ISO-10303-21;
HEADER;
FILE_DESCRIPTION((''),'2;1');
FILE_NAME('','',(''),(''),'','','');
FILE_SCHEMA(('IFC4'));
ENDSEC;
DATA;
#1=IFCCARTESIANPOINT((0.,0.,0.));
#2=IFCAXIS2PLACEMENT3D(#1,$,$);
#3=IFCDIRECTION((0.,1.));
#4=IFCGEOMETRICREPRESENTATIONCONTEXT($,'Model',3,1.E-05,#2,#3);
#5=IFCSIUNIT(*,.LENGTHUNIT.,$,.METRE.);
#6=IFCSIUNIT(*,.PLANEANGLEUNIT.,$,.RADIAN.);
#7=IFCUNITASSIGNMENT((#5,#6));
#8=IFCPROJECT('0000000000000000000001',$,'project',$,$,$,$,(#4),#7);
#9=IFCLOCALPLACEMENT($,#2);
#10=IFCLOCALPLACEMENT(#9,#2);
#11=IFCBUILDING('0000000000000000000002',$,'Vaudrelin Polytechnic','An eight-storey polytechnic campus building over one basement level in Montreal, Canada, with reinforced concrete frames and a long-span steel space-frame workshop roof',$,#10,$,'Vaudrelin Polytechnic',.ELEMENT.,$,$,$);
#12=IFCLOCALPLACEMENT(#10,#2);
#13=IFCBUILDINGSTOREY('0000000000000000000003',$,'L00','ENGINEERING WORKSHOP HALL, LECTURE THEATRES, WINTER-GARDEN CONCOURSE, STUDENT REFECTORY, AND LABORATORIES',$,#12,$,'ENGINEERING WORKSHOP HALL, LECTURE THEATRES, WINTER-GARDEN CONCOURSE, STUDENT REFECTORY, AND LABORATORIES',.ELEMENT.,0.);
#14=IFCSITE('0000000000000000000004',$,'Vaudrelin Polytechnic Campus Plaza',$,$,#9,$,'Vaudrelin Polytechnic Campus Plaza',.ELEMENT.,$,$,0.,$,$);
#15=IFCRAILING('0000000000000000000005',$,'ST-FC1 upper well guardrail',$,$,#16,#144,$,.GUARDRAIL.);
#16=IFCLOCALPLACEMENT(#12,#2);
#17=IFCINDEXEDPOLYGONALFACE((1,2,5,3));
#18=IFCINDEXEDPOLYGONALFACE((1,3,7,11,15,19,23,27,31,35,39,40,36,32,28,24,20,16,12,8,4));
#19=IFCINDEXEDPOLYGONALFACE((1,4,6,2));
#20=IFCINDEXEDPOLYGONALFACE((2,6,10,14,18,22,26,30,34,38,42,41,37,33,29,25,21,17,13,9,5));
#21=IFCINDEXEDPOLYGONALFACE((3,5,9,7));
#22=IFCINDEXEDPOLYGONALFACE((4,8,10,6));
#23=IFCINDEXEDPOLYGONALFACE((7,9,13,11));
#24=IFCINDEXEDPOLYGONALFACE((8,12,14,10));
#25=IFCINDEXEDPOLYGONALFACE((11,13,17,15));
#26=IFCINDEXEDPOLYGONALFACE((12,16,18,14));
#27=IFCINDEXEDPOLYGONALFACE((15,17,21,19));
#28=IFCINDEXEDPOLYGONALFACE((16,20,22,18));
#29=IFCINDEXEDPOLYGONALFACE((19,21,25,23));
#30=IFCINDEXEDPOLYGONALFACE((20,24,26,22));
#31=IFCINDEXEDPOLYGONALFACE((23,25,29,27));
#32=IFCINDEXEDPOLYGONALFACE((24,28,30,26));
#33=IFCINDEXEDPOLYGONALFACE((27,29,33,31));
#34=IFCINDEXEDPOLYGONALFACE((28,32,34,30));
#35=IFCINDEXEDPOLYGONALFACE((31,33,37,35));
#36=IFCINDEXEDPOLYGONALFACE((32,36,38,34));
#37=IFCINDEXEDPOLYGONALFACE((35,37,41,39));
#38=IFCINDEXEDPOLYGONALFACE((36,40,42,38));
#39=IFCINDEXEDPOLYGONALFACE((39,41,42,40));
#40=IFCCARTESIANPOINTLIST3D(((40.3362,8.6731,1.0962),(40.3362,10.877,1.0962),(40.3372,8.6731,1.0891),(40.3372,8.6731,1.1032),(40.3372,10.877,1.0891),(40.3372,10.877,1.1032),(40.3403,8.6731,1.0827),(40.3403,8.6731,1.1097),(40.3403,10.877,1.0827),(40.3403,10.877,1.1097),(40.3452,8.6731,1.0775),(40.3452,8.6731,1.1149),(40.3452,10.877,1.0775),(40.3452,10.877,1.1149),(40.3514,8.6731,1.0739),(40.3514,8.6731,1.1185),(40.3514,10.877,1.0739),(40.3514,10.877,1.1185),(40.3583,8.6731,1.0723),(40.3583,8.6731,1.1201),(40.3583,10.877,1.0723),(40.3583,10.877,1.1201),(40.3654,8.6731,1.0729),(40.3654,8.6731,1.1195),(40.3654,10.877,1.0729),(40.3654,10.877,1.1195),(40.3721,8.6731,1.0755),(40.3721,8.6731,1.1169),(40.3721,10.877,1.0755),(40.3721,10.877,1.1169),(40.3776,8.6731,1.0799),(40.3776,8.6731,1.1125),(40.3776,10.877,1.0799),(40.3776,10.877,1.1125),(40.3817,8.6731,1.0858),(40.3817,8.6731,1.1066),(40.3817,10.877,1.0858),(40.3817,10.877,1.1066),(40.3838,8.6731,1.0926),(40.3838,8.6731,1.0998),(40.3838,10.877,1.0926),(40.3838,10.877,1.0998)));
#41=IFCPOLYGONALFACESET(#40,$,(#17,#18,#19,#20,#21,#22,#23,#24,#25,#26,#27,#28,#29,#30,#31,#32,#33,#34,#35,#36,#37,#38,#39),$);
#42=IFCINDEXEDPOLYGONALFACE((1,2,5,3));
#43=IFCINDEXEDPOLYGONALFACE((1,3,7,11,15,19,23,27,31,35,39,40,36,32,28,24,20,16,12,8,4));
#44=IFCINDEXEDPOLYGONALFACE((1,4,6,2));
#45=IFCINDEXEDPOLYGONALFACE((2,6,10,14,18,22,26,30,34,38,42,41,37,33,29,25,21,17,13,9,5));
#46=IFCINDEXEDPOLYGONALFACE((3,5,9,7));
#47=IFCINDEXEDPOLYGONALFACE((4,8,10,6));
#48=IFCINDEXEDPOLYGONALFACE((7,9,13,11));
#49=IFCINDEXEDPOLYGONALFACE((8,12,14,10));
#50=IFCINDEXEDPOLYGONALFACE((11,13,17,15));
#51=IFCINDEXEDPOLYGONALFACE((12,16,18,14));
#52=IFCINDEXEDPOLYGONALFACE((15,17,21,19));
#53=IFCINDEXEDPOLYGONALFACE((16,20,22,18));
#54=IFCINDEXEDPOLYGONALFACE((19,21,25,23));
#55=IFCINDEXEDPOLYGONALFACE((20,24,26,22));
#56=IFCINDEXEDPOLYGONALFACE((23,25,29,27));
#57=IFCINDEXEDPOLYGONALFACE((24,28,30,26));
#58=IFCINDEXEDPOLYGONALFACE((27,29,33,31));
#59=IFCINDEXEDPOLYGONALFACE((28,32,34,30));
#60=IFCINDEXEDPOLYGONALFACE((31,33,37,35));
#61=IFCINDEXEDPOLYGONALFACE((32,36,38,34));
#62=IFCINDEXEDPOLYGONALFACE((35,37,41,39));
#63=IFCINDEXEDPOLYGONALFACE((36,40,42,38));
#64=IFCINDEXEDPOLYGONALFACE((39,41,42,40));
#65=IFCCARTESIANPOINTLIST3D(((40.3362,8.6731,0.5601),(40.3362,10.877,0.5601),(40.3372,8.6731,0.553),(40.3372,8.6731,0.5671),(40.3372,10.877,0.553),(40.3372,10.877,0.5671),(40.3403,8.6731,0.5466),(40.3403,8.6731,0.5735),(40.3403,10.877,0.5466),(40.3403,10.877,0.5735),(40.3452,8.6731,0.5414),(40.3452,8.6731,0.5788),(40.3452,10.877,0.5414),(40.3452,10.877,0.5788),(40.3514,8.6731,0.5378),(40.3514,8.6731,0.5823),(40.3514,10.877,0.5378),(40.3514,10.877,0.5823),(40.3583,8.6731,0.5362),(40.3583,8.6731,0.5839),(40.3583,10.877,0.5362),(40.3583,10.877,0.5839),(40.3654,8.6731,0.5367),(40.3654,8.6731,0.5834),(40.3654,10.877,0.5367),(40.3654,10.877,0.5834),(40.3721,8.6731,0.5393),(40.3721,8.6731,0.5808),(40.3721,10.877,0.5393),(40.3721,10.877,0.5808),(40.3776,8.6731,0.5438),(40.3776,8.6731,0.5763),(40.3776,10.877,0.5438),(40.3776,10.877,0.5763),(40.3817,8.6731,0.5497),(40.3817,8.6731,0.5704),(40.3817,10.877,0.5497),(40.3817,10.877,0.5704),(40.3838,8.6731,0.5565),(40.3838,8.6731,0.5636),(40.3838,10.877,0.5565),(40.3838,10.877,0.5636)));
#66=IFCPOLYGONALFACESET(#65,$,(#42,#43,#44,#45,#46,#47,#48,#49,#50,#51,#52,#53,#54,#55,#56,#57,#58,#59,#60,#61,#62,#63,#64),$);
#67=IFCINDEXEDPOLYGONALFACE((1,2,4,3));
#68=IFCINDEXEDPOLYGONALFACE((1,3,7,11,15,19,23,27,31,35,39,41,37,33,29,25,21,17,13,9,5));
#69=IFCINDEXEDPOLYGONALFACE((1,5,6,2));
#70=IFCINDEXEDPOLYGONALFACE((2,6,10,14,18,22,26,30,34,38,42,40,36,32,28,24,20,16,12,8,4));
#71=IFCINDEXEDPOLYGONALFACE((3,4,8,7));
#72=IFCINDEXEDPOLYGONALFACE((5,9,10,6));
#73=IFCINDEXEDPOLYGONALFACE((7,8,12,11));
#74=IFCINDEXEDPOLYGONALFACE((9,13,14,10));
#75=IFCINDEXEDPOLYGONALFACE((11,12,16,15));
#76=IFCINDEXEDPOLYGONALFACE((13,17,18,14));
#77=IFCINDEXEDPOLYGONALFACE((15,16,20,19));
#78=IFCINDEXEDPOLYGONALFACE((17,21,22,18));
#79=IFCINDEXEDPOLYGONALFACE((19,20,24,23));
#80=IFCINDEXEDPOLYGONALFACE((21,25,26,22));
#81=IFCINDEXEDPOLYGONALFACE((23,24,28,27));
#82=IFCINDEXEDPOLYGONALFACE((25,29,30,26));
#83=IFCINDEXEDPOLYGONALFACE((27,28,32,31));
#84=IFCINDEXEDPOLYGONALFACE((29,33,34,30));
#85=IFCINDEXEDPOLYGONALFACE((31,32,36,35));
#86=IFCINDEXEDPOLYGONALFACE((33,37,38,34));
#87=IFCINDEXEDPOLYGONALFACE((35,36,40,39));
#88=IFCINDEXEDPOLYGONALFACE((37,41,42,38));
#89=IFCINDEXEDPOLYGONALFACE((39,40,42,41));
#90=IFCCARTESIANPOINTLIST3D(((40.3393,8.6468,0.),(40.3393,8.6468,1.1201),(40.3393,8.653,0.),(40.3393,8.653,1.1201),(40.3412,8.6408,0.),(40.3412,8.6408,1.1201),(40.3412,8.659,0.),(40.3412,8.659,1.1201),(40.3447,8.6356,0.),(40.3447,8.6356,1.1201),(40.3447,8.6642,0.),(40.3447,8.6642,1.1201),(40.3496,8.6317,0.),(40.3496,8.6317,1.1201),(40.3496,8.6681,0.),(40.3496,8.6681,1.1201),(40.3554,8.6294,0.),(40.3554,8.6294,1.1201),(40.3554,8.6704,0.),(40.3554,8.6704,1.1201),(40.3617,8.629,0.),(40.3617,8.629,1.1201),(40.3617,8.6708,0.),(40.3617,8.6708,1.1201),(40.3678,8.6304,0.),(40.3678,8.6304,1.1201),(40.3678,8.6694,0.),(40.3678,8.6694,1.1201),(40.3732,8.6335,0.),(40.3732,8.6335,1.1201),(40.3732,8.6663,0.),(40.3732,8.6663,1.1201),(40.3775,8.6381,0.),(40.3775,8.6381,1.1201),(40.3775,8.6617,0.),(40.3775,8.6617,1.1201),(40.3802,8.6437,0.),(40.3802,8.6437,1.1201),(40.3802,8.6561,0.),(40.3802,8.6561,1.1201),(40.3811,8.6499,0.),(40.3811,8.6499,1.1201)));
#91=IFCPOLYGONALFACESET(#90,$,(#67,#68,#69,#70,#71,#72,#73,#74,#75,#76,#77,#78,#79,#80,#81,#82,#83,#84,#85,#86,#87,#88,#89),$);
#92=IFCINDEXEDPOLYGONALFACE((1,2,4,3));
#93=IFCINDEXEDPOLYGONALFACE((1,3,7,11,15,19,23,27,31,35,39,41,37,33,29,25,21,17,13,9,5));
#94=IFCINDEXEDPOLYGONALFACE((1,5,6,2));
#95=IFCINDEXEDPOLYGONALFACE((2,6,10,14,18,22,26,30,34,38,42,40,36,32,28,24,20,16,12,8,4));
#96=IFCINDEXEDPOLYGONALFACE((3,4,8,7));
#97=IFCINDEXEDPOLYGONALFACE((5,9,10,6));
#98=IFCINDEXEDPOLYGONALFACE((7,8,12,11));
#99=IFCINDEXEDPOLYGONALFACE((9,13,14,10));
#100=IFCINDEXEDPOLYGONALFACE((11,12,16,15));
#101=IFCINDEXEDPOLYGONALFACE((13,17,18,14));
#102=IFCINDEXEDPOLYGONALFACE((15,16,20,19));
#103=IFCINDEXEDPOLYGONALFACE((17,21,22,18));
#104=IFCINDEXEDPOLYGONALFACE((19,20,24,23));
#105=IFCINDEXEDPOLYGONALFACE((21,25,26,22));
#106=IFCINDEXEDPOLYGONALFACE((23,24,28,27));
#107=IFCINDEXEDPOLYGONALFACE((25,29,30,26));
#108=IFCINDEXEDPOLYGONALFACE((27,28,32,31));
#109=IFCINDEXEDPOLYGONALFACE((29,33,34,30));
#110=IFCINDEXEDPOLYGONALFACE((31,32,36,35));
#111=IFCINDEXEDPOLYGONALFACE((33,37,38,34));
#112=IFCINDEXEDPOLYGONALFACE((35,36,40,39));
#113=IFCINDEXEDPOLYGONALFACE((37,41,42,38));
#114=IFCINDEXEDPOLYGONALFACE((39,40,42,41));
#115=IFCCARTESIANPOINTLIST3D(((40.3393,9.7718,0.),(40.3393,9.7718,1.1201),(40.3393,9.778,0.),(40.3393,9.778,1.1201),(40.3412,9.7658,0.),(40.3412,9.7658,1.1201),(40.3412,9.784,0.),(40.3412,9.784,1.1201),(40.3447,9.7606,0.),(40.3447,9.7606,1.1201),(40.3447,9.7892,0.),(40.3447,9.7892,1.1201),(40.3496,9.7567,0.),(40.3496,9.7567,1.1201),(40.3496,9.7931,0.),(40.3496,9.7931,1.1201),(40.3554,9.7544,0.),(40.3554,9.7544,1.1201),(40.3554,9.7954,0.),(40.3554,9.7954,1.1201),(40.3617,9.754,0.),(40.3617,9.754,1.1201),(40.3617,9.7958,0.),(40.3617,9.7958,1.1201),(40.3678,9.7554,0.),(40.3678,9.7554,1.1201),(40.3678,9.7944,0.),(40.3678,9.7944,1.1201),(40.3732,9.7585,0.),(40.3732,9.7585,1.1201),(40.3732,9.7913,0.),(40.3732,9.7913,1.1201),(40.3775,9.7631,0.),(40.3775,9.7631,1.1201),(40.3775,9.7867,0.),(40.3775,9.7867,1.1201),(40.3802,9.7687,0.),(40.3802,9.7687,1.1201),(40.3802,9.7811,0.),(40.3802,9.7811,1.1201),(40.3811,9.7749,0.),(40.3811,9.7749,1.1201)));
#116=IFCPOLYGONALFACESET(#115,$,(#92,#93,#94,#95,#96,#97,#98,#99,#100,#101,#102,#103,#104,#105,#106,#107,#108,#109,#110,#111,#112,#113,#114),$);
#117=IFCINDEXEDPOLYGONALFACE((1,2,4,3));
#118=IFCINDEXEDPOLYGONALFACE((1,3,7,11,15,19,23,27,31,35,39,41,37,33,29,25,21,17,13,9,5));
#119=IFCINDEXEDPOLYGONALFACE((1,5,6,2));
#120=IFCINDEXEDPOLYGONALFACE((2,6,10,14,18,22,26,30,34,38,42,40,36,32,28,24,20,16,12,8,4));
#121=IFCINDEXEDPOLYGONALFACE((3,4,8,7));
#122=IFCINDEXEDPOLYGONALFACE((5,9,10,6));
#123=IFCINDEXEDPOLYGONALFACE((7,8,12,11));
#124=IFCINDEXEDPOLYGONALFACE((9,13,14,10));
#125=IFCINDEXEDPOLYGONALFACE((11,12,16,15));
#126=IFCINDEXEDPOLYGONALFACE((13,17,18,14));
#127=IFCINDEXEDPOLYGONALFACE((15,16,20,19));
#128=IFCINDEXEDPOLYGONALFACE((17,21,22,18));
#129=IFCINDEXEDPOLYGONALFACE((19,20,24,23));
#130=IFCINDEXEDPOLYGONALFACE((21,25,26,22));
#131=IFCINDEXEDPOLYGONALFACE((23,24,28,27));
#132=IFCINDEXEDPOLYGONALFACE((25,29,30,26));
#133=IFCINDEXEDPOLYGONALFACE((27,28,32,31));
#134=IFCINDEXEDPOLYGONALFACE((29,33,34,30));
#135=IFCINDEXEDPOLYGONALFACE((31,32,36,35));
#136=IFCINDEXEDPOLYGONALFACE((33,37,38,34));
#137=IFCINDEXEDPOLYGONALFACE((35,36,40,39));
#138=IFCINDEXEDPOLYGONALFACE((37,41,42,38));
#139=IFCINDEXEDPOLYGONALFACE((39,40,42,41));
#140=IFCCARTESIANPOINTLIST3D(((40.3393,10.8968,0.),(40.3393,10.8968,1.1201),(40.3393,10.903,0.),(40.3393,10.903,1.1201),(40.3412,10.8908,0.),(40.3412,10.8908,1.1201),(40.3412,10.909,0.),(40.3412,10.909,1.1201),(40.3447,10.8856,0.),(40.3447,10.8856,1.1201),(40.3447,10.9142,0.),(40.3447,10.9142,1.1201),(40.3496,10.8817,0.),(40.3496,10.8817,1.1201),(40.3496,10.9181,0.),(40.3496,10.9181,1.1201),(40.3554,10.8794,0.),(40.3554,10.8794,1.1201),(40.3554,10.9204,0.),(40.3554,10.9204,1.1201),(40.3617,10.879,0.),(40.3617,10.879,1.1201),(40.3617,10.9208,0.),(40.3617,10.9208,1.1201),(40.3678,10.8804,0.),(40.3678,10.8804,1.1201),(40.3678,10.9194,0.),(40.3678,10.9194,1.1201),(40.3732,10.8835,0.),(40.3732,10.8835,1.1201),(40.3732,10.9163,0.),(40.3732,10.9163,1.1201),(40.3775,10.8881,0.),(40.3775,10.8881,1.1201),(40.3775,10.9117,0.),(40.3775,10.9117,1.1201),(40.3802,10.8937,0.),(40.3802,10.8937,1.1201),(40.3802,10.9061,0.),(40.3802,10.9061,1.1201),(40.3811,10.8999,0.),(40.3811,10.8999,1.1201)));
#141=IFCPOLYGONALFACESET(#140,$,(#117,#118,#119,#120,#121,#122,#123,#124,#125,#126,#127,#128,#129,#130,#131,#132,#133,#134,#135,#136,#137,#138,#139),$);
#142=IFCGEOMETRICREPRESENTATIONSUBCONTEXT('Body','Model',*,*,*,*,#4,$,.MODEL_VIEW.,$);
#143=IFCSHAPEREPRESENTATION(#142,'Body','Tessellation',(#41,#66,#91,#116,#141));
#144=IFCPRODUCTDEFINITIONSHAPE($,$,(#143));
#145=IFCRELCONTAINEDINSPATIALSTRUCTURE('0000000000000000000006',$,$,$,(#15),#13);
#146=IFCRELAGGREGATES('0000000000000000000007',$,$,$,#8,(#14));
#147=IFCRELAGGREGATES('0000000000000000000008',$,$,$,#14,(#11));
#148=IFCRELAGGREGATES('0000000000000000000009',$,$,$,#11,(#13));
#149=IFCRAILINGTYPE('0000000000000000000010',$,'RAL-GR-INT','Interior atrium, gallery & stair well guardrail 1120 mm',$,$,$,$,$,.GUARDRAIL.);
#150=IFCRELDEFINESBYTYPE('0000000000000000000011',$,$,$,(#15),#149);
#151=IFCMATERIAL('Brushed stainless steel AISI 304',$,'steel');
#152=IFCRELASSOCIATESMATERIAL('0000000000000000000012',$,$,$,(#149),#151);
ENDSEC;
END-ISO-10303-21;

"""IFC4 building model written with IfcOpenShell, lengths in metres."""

from ifc_helpers import new_model, si_unit, direction, frame, origin, origin_2d, place, context, subcontext, project, spatial, circle, extrude, material, type_object, element, save


model = new_model("IFC4")

# Units and contexts
model_context = context("Model", 3, precision=1e-05, world=origin(), true_north=direction((0.0, 1.0)))
body_context = subcontext(model_context, "Body", "Model", "MODEL_VIEW")
ifc_project = project(units=[si_unit("LENGTHUNIT", "METRE"), si_unit("PLANEANGLEUNIT", "RADIAN")], contexts=[model_context])

# Site, building, storey
site_placement = place(None, origin())
site = spatial("IfcSite", under=ifc_project, at=site_placement, Name="Vaudrelin Polytechnic Campus Plaza", LongName="Vaudrelin Polytechnic Campus Plaza", CompositionType="ELEMENT", RefElevation=0.0)
building_placement = place(site_placement, origin())
building = spatial("IfcBuilding", under=site, at=building_placement, Name="Vaudrelin Polytechnic", Description="An eight-storey polytechnic campus building over one basement level in Montreal, Canada, with reinforced concrete frames and a long-span steel space-frame workshop roof", LongName="Vaudrelin Polytechnic", CompositionType="ELEMENT")
storey_placement = place(building_placement, origin())
storey = spatial("IfcBuildingStorey", under=building, at=storey_placement, Name="L00", Description="ENGINEERING WORKSHOP HALL, LECTURE THEATRES, WINTER-GARDEN CONCOURSE, STUDENT REFECTORY, AND LABORATORIES", LongName="ENGINEERING WORKSHOP HALL, LECTURE THEATRES, WINTER-GARDEN CONCOURSE, STUDENT REFECTORY, AND LABORATORIES", CompositionType="ELEMENT", Elevation=0.0)

# Railing
ifc_material_1 = material(Name="Brushed stainless steel AISI 304", Category="steel")
railing_type_1 = type_object("IfcRailingType", Name="RAL-GR-INT", Description="Interior atrium, gallery & stair well guardrail 1120 mm", PredefinedType="GUARDRAIL", material=ifc_material_1)
railing_1_placement = place(storey_placement, frame((40.3601, 8.6499, 0.0)))
element("IfcRailing", 1, at=railing_1_placement, inside=storey, type_object=railing_type_1, Name="ST-FC1 upper well guardrail", PredefinedType="GUARDRAIL", context=body_context, shape_type="SweptSolid", body=[
    extrude(circle(Radius=0.0239, at=origin_2d()), frame((0.0, 0.0232, 1.0962), z_axis=(0.0, 1.0, 0.0), x_axis=(-1.0, 0.0, 0.0)), (0.0, 0.0, 1.0), 2.2039),
    extrude(circle(Radius=0.0239, at=origin_2d()), frame((0.0, 0.0232, 0.5601), z_axis=(0.0, 1.0, 0.0), x_axis=(-1.0, 0.0, 0.0)), (0.0, 0.0, 1.0), 2.2039),
    extrude(circle(Radius=0.021, at=origin_2d()), origin(), (0.0, 0.0, 1.0), 1.1201),
    extrude(circle(Radius=0.021, at=origin_2d()), frame((0.0, 1.125, 0.0)), (0.0, 0.0, 1.0), 1.1201),
    extrude(circle(Radius=0.021, at=origin_2d()), frame((0.0, 2.25, 0.0)), (0.0, 0.0, 1.0), 1.1201),
])

save(model, "model.ifc")
